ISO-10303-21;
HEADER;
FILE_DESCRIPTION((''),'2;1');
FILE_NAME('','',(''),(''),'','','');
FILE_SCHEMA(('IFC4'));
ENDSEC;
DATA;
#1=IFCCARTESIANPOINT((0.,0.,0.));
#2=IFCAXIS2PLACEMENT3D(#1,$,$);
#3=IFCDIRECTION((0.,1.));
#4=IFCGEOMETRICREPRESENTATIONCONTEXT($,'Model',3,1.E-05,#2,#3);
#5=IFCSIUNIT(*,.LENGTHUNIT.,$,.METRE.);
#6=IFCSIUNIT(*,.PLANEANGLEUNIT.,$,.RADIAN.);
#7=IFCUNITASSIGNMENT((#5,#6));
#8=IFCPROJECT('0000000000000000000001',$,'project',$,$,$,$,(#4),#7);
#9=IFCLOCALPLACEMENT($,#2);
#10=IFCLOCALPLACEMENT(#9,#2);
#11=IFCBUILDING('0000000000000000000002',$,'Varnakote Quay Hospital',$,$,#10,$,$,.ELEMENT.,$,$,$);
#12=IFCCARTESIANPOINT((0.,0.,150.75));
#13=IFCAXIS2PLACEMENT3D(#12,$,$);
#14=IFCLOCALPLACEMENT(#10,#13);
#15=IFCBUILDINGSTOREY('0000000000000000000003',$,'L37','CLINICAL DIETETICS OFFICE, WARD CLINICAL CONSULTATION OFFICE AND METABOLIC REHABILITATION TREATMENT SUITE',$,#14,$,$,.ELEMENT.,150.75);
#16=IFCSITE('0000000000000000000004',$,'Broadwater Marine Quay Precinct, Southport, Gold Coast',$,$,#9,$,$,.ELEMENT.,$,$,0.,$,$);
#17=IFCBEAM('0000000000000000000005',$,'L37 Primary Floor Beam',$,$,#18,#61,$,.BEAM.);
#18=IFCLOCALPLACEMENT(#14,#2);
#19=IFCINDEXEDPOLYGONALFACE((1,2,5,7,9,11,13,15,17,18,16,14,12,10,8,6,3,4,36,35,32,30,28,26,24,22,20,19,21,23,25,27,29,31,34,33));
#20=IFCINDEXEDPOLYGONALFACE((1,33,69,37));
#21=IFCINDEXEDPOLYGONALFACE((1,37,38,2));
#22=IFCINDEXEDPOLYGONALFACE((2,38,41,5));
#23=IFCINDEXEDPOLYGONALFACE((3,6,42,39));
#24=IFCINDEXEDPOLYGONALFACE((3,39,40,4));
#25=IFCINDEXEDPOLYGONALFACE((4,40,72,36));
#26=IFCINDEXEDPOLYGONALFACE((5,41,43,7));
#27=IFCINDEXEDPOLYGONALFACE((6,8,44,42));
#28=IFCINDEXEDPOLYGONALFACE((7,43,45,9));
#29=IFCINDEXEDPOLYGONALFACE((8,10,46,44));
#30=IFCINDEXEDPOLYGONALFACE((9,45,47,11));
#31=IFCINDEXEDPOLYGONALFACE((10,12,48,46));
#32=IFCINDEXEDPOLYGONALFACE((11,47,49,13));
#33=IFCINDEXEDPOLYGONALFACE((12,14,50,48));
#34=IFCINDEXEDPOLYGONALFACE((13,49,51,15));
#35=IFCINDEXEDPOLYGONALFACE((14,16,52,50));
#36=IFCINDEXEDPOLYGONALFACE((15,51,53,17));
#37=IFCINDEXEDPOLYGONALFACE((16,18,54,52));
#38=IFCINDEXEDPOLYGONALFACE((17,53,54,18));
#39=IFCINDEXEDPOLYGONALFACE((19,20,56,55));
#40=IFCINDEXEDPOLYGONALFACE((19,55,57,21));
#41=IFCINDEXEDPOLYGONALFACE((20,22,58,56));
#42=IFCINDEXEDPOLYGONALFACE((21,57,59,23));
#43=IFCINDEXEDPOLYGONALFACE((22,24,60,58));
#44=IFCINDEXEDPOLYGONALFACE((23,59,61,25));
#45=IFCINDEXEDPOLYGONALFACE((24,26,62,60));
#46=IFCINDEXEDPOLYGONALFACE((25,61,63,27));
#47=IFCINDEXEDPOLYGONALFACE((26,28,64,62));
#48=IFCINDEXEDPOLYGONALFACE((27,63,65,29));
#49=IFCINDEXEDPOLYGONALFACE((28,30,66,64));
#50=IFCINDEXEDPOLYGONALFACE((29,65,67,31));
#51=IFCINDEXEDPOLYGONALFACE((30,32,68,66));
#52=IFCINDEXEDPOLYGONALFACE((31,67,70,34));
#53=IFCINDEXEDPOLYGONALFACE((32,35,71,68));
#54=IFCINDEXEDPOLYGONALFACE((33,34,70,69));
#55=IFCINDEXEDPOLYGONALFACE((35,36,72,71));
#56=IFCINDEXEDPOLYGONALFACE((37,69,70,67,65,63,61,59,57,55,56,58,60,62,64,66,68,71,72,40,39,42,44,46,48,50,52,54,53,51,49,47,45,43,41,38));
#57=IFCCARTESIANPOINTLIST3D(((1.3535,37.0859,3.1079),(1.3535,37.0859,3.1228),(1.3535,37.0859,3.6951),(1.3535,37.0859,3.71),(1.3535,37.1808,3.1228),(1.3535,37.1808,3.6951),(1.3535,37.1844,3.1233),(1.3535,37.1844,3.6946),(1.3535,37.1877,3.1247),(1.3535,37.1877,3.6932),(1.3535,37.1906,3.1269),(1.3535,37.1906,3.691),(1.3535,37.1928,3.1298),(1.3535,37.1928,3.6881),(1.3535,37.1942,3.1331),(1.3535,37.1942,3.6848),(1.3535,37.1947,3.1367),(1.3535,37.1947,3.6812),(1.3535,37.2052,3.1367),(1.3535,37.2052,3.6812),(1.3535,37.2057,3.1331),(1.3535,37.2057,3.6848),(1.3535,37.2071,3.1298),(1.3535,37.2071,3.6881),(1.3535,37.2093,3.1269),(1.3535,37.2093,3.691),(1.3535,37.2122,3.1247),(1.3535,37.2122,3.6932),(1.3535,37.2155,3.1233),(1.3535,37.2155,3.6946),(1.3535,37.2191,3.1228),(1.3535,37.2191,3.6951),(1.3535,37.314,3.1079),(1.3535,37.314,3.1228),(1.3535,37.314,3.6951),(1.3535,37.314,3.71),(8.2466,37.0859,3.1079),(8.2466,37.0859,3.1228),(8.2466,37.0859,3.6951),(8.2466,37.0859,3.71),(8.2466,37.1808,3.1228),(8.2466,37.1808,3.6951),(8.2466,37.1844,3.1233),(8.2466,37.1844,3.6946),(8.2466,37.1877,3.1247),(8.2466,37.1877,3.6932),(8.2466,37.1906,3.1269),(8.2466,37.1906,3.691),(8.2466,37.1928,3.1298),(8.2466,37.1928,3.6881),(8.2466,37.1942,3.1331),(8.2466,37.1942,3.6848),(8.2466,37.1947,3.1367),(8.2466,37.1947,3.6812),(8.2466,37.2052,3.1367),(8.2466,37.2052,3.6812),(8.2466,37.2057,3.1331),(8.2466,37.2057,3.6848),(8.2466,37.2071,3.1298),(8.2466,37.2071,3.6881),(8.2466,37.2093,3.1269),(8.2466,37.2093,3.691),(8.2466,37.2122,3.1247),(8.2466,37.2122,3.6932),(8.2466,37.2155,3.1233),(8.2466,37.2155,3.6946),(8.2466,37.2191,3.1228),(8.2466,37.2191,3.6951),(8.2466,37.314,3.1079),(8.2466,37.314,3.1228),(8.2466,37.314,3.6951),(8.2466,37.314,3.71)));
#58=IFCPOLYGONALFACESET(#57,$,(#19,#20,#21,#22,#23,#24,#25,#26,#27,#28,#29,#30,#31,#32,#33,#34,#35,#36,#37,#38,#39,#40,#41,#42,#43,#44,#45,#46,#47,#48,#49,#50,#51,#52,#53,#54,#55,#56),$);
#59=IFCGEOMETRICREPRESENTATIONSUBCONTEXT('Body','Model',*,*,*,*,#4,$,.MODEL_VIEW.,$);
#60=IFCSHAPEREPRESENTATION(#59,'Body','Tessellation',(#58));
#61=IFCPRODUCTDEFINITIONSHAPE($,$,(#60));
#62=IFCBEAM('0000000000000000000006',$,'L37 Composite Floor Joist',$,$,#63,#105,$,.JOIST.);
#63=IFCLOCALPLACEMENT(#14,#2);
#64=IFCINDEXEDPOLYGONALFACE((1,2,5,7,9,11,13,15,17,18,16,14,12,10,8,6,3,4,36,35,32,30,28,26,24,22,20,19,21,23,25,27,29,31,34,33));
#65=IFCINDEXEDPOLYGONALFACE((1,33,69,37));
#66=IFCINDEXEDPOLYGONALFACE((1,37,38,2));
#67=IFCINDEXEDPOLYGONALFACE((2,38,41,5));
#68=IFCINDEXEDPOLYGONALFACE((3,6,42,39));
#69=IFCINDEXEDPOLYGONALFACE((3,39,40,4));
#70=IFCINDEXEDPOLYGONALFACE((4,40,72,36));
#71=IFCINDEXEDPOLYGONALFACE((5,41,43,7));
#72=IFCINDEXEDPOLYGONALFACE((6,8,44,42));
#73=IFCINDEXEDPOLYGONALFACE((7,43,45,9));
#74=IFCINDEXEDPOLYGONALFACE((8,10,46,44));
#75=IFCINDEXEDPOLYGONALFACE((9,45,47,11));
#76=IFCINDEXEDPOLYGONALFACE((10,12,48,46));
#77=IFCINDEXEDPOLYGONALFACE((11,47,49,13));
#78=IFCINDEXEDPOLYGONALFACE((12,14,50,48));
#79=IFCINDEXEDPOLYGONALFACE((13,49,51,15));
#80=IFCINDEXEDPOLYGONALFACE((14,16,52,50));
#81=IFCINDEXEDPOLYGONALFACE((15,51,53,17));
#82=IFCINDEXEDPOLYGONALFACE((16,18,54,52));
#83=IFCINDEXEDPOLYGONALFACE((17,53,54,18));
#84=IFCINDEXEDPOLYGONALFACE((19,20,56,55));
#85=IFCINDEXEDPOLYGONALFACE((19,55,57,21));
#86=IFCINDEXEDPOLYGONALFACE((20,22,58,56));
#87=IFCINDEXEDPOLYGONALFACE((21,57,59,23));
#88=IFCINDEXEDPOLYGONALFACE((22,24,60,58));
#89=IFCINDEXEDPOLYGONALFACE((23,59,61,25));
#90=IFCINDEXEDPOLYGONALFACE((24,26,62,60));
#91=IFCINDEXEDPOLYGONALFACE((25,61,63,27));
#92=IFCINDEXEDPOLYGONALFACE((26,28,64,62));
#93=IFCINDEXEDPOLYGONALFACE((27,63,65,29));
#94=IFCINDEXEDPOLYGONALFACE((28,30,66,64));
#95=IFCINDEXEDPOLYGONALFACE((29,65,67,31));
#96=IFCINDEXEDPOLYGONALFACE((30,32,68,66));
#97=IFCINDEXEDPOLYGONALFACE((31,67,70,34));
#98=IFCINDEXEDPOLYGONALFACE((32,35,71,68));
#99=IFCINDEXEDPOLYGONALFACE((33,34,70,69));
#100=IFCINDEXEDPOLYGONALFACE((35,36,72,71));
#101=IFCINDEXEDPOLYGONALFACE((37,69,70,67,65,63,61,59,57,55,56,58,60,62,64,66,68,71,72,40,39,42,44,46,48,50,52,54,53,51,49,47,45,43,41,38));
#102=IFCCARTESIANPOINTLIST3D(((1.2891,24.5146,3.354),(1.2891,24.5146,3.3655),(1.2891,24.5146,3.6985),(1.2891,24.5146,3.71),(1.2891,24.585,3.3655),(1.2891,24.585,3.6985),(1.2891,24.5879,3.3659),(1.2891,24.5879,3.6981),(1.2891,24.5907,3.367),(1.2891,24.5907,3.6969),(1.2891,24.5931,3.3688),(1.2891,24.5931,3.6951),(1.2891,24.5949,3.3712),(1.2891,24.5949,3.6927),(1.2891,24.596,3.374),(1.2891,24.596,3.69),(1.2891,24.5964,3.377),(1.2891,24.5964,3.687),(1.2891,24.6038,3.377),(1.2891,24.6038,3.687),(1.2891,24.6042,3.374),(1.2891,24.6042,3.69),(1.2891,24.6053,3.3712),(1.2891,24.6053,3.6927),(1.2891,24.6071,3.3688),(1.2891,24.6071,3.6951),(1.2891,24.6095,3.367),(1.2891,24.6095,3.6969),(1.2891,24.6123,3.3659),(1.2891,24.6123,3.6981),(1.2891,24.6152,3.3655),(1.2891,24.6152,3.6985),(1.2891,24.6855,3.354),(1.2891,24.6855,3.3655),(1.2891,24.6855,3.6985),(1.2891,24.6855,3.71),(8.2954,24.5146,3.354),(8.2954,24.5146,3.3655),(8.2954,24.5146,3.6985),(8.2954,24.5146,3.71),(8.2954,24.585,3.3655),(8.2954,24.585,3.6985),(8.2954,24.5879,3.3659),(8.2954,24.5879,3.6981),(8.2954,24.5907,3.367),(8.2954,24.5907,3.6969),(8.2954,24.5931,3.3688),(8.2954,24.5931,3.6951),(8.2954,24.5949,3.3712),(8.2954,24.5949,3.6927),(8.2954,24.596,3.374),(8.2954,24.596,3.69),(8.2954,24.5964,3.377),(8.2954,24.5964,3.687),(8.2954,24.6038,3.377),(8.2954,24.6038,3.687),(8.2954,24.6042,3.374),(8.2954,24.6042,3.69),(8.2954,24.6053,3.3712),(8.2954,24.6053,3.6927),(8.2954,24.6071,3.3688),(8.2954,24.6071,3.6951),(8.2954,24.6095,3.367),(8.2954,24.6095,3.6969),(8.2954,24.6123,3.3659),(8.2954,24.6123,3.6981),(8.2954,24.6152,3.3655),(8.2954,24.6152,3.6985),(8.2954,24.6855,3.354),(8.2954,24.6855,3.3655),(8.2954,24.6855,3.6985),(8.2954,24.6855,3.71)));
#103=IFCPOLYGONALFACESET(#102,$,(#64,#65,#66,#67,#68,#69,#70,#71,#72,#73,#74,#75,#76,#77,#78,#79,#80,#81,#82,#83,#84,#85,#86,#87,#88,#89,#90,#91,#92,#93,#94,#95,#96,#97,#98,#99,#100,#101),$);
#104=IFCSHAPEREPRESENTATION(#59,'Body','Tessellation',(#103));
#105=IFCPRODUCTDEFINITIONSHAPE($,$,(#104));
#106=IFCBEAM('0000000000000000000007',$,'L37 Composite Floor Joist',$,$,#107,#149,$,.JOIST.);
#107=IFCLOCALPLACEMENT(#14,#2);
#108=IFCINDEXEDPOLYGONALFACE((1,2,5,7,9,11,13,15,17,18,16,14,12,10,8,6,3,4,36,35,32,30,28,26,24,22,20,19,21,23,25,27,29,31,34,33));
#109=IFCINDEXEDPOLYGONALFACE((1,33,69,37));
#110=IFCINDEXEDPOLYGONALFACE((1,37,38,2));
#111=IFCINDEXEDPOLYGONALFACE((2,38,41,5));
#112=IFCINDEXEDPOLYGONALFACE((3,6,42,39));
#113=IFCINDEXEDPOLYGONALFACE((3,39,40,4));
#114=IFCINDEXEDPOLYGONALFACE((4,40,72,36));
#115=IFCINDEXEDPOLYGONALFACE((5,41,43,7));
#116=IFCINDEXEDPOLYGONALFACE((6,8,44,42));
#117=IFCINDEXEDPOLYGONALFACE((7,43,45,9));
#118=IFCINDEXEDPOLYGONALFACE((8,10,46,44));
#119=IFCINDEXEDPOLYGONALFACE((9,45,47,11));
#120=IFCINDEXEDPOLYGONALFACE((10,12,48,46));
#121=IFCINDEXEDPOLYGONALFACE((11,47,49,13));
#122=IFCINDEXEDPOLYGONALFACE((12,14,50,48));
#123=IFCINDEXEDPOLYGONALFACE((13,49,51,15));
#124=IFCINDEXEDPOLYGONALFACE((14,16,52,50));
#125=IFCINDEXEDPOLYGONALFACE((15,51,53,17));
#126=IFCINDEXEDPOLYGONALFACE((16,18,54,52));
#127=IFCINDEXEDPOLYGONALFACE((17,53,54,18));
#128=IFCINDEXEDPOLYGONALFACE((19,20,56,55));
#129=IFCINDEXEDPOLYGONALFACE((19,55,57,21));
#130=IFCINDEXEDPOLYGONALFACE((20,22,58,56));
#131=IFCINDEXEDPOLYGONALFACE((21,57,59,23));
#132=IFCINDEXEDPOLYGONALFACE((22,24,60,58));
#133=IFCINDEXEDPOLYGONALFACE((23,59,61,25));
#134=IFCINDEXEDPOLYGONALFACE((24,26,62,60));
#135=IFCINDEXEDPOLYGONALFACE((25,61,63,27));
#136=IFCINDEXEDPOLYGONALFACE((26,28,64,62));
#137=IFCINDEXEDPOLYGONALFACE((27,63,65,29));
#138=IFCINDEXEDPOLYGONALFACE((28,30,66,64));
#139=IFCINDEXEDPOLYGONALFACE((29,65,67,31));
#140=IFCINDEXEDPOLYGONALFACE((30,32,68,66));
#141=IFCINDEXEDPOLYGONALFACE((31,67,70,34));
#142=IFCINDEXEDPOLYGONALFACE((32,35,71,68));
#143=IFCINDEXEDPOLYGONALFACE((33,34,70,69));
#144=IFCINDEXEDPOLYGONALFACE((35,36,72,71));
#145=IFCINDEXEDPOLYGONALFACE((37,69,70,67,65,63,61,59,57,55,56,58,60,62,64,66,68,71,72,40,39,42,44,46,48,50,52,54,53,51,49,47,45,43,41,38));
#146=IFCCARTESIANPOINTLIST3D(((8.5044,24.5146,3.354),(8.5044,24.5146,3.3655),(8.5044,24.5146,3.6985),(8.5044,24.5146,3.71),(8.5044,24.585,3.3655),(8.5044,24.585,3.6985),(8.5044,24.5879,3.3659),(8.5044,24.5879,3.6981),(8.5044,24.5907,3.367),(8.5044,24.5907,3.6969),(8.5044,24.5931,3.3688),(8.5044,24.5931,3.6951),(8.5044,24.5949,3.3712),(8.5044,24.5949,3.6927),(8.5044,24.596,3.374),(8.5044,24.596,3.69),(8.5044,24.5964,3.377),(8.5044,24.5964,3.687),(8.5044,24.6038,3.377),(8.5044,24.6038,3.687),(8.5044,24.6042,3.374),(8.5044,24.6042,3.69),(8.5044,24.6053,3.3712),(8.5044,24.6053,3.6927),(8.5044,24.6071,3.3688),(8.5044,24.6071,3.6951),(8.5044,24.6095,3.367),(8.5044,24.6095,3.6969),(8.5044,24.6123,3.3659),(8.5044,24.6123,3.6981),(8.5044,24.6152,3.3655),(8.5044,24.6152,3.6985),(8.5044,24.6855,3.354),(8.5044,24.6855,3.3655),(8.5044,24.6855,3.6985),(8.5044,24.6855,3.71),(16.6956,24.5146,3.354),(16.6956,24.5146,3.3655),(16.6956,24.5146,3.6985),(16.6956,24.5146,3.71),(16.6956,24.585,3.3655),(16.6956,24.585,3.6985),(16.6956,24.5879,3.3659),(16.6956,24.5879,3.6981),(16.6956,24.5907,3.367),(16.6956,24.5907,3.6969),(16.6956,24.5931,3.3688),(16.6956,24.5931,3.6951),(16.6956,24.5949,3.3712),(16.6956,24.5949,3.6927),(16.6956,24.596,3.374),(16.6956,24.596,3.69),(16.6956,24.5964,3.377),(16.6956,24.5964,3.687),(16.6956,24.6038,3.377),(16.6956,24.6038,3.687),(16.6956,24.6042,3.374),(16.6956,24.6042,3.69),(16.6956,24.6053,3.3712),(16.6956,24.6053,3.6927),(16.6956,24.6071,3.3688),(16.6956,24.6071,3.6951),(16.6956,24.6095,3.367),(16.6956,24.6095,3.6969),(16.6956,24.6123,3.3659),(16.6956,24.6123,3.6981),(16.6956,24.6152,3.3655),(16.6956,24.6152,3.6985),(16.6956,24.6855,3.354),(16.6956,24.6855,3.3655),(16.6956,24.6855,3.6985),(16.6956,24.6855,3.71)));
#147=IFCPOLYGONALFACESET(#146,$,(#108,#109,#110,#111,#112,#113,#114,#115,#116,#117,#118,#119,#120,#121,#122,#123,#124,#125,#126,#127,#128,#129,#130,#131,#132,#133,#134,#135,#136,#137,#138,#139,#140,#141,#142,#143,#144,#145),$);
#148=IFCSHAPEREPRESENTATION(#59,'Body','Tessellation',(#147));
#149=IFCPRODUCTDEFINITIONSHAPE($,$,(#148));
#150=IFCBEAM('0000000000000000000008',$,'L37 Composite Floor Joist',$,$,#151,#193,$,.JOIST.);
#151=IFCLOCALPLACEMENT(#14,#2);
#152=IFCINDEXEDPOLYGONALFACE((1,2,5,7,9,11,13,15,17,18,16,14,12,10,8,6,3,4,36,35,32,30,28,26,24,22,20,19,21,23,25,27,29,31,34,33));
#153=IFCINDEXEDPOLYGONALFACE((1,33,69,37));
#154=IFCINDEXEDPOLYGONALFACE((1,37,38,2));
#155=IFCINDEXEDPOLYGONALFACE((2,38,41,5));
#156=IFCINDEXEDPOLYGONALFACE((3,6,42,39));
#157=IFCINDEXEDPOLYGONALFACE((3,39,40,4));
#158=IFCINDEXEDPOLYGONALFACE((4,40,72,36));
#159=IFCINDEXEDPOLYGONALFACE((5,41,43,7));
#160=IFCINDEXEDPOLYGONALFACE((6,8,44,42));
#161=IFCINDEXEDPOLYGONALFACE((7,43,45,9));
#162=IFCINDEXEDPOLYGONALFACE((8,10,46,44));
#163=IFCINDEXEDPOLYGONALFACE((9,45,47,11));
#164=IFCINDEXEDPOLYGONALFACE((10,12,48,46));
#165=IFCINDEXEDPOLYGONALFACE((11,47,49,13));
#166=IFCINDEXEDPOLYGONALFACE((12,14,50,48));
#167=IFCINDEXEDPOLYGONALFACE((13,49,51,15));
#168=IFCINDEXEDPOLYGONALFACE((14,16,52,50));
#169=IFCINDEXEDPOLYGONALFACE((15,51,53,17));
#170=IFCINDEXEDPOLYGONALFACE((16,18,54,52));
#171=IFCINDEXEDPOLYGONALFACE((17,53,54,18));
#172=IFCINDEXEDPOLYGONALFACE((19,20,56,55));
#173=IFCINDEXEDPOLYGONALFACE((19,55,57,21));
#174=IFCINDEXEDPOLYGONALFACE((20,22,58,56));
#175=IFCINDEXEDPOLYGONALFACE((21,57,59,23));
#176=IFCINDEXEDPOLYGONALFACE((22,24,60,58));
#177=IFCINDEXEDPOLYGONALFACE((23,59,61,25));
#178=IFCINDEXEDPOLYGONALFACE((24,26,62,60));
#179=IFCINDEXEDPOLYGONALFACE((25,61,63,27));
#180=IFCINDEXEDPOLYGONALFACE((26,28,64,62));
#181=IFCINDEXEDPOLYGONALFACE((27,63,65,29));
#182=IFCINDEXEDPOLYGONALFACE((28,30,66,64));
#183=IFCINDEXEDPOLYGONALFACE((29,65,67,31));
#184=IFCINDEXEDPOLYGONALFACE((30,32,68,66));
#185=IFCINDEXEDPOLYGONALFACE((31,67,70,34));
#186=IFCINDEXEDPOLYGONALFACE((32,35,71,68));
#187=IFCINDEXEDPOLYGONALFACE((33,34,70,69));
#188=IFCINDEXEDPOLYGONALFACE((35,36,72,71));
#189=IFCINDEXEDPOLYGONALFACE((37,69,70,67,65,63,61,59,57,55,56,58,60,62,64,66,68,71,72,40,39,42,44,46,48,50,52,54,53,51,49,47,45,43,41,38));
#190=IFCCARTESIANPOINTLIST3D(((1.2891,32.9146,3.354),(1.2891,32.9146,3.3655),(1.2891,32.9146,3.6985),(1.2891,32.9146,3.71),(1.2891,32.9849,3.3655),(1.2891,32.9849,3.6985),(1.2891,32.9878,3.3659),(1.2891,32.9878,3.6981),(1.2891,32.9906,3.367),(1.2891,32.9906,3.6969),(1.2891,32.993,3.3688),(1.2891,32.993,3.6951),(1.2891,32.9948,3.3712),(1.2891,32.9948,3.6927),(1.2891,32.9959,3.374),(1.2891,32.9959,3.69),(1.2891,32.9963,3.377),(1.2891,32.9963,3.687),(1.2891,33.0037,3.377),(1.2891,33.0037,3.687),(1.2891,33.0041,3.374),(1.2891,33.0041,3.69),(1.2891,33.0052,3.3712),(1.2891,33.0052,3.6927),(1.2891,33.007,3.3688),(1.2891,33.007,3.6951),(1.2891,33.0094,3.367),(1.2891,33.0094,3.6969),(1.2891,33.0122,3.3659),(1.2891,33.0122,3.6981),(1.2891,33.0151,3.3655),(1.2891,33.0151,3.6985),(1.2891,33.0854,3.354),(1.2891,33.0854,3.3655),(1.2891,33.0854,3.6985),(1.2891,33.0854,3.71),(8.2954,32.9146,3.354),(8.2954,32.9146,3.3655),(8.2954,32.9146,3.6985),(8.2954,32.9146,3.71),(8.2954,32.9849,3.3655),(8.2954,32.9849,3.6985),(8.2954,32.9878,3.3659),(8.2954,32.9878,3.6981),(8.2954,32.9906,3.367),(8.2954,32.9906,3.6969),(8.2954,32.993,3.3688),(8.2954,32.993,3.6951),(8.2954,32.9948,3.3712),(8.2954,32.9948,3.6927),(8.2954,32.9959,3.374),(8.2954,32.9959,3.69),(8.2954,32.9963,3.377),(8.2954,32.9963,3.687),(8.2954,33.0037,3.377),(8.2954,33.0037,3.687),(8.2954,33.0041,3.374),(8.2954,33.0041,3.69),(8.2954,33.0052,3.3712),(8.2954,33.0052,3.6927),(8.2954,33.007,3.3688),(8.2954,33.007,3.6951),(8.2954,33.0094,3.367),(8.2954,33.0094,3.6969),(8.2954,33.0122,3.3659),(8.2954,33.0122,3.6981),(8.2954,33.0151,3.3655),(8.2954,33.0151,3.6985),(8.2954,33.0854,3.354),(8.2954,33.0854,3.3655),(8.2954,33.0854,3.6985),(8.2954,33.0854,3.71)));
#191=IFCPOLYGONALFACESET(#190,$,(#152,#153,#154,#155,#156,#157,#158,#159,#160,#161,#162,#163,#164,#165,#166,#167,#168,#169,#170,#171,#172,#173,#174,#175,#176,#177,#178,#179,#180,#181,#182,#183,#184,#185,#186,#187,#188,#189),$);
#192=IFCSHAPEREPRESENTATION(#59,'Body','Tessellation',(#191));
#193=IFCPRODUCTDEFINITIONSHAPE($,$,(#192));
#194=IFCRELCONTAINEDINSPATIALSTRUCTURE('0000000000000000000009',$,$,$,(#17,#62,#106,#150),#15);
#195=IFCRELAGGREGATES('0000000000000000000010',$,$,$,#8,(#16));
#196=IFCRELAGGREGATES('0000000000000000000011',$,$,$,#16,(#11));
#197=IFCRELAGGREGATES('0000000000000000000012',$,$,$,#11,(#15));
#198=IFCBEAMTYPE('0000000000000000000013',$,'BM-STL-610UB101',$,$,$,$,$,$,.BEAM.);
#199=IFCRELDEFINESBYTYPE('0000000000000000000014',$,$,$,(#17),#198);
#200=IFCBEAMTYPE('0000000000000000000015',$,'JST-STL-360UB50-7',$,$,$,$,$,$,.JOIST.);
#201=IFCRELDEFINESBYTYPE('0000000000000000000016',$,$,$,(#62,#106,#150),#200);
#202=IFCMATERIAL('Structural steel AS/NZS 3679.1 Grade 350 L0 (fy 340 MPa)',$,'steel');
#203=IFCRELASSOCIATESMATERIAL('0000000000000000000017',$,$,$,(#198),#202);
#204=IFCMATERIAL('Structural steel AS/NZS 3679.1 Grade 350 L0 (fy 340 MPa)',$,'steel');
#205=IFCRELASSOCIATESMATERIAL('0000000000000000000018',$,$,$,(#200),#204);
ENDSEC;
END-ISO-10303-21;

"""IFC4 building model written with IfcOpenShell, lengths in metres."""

from ifc_helpers import new_model, si_unit, direction, frame, origin, origin_2d, place, context, subcontext, project, spatial, i_section, extrude, material, material_profile, profile_set, type_object, element, save


model = new_model("IFC4")

# Units and contexts
model_context = context("Model", 3, precision=1e-05, world=origin(), true_north=direction((0.0, 1.0)))
body_context = subcontext(model_context, "Body", "Model", "MODEL_VIEW")
ifc_project = project(units=[si_unit("LENGTHUNIT", "METRE"), si_unit("PLANEANGLEUNIT", "RADIAN")], contexts=[model_context])

# Site, building, storey
site_placement = place(None, origin())
site = spatial("IfcSite", under=ifc_project, at=site_placement, Name="Broadwater Marine Quay Precinct, Southport, Gold Coast", CompositionType="ELEMENT", RefElevation=0.0)
building_placement = place(site_placement, origin())
building = spatial("IfcBuilding", under=site, at=building_placement, Name="Varnakote Quay Hospital", CompositionType="ELEMENT")
storey_placement = place(building_placement, frame((0.0, 0.0, 150.75)))
storey = spatial("IfcBuildingStorey", under=building, at=storey_placement, Name="L37", Description="CLINICAL DIETETICS OFFICE, WARD CLINICAL CONSULTATION OFFICE AND METABOLIC REHABILITATION TREATMENT SUITE", CompositionType="ELEMENT", Elevation=150.75)

# Beams
ifc_material_1 = material(Name="Structural steel AS/NZS 3679.1 Grade 350 L0 (fy 340 MPa)", Category="steel")
ifc_material_profile_1 = material_profile(ifc_material_1, i_section(OverallWidth=0.228, OverallDepth=0.6021, WebThickness=0.0105, FlangeThickness=0.0149, FilletRadius=0.0139, at=origin_2d()), Name="610UB101")
ifc_profile_set_1 = profile_set([ifc_material_profile_1], Name="Structural steel AS/NZS 3679.1 Grade 350 L0 (fy 340 MPa)")
beam_type_1 = type_object("IfcBeamType", Name="BM-STL-610UB101", PredefinedType="BEAM", material=ifc_profile_set_1)
beam_1_placement = place(storey_placement, frame((1.3535, 37.2, 3.4089), z_axis=(1.0, 0.0, 0.0), x_axis=(0.0, 1.0, 0.0)))
element("IfcBeam", 1, at=beam_1_placement, inside=storey, type_object=beam_type_1, Name="L37 Primary Floor Beam", PredefinedType="BEAM", context=body_context, shape_type="SweptSolid", body=[
    extrude(i_section(OverallWidth=0.228, OverallDepth=0.6021, WebThickness=0.0105, FlangeThickness=0.0149, FilletRadius=0.0139, at=origin_2d()), origin(), (0.0, 0.0, 1.0), 6.8931),
])
ifc_material_2 = material(Name="Structural steel AS/NZS 3679.1 Grade 350 L0 (fy 340 MPa)", Category="steel")
ifc_material_profile_2 = material_profile(ifc_material_2, i_section(OverallWidth=0.1709, OverallDepth=0.356, WebThickness=0.0073, FlangeThickness=0.0115, FilletRadius=0.0115, at=origin_2d()), Name="360UB50.7")
ifc_profile_set_2 = profile_set([ifc_material_profile_2], Name="Structural steel AS/NZS 3679.1 Grade 350 L0 (fy 340 MPa)")
beam_type_2 = type_object("IfcBeamType", Name="JST-STL-360UB50-7", PredefinedType="JOIST", material=ifc_profile_set_2)
beam_2_placement = place(storey_placement, frame((1.2891, 24.6001, 3.532), z_axis=(1.0, 0.0, 0.0), x_axis=(0.0, 1.0, 0.0)))
element("IfcBeam", 2, at=beam_2_placement, inside=storey, type_object=beam_type_2, Name="L37 Composite Floor Joist", PredefinedType="JOIST", context=body_context, shape_type="SweptSolid", body=[
    extrude(i_section(OverallWidth=0.1709, OverallDepth=0.356, WebThickness=0.0073, FlangeThickness=0.0115, FilletRadius=0.0115, at=origin_2d()), origin(), (0.0, 0.0, 1.0), 7.0063),
])
beam_3_placement = place(storey_placement, frame((8.5044, 24.6001, 3.532), z_axis=(1.0, 0.0, 0.0), x_axis=(0.0, 1.0, 0.0)))
element("IfcBeam", 3, at=beam_3_placement, inside=storey, type_object=beam_type_2, Name="L37 Composite Floor Joist", PredefinedType="JOIST", context=body_context, shape_type="SweptSolid", body=[
    extrude(i_section(OverallWidth=0.1709, OverallDepth=0.356, WebThickness=0.0073, FlangeThickness=0.0115, FilletRadius=0.0115, at=origin_2d()), origin(), (0.0, 0.0, 1.0), 8.1912),
])
beam_4_placement = place(storey_placement, frame((1.2891, 33.0, 3.532), z_axis=(1.0, 0.0, 0.0), x_axis=(0.0, 1.0, 0.0)))
element("IfcBeam", 4, at=beam_4_placement, inside=storey, type_object=beam_type_2, Name="L37 Composite Floor Joist", PredefinedType="JOIST", context=body_context, shape_type="SweptSolid", body=[
    extrude(i_section(OverallWidth=0.1709, OverallDepth=0.356, WebThickness=0.0073, FlangeThickness=0.0115, FilletRadius=0.0115, at=origin_2d()), origin(), (0.0, 0.0, 1.0), 7.0063),
])

save(model, "model.ifc")
